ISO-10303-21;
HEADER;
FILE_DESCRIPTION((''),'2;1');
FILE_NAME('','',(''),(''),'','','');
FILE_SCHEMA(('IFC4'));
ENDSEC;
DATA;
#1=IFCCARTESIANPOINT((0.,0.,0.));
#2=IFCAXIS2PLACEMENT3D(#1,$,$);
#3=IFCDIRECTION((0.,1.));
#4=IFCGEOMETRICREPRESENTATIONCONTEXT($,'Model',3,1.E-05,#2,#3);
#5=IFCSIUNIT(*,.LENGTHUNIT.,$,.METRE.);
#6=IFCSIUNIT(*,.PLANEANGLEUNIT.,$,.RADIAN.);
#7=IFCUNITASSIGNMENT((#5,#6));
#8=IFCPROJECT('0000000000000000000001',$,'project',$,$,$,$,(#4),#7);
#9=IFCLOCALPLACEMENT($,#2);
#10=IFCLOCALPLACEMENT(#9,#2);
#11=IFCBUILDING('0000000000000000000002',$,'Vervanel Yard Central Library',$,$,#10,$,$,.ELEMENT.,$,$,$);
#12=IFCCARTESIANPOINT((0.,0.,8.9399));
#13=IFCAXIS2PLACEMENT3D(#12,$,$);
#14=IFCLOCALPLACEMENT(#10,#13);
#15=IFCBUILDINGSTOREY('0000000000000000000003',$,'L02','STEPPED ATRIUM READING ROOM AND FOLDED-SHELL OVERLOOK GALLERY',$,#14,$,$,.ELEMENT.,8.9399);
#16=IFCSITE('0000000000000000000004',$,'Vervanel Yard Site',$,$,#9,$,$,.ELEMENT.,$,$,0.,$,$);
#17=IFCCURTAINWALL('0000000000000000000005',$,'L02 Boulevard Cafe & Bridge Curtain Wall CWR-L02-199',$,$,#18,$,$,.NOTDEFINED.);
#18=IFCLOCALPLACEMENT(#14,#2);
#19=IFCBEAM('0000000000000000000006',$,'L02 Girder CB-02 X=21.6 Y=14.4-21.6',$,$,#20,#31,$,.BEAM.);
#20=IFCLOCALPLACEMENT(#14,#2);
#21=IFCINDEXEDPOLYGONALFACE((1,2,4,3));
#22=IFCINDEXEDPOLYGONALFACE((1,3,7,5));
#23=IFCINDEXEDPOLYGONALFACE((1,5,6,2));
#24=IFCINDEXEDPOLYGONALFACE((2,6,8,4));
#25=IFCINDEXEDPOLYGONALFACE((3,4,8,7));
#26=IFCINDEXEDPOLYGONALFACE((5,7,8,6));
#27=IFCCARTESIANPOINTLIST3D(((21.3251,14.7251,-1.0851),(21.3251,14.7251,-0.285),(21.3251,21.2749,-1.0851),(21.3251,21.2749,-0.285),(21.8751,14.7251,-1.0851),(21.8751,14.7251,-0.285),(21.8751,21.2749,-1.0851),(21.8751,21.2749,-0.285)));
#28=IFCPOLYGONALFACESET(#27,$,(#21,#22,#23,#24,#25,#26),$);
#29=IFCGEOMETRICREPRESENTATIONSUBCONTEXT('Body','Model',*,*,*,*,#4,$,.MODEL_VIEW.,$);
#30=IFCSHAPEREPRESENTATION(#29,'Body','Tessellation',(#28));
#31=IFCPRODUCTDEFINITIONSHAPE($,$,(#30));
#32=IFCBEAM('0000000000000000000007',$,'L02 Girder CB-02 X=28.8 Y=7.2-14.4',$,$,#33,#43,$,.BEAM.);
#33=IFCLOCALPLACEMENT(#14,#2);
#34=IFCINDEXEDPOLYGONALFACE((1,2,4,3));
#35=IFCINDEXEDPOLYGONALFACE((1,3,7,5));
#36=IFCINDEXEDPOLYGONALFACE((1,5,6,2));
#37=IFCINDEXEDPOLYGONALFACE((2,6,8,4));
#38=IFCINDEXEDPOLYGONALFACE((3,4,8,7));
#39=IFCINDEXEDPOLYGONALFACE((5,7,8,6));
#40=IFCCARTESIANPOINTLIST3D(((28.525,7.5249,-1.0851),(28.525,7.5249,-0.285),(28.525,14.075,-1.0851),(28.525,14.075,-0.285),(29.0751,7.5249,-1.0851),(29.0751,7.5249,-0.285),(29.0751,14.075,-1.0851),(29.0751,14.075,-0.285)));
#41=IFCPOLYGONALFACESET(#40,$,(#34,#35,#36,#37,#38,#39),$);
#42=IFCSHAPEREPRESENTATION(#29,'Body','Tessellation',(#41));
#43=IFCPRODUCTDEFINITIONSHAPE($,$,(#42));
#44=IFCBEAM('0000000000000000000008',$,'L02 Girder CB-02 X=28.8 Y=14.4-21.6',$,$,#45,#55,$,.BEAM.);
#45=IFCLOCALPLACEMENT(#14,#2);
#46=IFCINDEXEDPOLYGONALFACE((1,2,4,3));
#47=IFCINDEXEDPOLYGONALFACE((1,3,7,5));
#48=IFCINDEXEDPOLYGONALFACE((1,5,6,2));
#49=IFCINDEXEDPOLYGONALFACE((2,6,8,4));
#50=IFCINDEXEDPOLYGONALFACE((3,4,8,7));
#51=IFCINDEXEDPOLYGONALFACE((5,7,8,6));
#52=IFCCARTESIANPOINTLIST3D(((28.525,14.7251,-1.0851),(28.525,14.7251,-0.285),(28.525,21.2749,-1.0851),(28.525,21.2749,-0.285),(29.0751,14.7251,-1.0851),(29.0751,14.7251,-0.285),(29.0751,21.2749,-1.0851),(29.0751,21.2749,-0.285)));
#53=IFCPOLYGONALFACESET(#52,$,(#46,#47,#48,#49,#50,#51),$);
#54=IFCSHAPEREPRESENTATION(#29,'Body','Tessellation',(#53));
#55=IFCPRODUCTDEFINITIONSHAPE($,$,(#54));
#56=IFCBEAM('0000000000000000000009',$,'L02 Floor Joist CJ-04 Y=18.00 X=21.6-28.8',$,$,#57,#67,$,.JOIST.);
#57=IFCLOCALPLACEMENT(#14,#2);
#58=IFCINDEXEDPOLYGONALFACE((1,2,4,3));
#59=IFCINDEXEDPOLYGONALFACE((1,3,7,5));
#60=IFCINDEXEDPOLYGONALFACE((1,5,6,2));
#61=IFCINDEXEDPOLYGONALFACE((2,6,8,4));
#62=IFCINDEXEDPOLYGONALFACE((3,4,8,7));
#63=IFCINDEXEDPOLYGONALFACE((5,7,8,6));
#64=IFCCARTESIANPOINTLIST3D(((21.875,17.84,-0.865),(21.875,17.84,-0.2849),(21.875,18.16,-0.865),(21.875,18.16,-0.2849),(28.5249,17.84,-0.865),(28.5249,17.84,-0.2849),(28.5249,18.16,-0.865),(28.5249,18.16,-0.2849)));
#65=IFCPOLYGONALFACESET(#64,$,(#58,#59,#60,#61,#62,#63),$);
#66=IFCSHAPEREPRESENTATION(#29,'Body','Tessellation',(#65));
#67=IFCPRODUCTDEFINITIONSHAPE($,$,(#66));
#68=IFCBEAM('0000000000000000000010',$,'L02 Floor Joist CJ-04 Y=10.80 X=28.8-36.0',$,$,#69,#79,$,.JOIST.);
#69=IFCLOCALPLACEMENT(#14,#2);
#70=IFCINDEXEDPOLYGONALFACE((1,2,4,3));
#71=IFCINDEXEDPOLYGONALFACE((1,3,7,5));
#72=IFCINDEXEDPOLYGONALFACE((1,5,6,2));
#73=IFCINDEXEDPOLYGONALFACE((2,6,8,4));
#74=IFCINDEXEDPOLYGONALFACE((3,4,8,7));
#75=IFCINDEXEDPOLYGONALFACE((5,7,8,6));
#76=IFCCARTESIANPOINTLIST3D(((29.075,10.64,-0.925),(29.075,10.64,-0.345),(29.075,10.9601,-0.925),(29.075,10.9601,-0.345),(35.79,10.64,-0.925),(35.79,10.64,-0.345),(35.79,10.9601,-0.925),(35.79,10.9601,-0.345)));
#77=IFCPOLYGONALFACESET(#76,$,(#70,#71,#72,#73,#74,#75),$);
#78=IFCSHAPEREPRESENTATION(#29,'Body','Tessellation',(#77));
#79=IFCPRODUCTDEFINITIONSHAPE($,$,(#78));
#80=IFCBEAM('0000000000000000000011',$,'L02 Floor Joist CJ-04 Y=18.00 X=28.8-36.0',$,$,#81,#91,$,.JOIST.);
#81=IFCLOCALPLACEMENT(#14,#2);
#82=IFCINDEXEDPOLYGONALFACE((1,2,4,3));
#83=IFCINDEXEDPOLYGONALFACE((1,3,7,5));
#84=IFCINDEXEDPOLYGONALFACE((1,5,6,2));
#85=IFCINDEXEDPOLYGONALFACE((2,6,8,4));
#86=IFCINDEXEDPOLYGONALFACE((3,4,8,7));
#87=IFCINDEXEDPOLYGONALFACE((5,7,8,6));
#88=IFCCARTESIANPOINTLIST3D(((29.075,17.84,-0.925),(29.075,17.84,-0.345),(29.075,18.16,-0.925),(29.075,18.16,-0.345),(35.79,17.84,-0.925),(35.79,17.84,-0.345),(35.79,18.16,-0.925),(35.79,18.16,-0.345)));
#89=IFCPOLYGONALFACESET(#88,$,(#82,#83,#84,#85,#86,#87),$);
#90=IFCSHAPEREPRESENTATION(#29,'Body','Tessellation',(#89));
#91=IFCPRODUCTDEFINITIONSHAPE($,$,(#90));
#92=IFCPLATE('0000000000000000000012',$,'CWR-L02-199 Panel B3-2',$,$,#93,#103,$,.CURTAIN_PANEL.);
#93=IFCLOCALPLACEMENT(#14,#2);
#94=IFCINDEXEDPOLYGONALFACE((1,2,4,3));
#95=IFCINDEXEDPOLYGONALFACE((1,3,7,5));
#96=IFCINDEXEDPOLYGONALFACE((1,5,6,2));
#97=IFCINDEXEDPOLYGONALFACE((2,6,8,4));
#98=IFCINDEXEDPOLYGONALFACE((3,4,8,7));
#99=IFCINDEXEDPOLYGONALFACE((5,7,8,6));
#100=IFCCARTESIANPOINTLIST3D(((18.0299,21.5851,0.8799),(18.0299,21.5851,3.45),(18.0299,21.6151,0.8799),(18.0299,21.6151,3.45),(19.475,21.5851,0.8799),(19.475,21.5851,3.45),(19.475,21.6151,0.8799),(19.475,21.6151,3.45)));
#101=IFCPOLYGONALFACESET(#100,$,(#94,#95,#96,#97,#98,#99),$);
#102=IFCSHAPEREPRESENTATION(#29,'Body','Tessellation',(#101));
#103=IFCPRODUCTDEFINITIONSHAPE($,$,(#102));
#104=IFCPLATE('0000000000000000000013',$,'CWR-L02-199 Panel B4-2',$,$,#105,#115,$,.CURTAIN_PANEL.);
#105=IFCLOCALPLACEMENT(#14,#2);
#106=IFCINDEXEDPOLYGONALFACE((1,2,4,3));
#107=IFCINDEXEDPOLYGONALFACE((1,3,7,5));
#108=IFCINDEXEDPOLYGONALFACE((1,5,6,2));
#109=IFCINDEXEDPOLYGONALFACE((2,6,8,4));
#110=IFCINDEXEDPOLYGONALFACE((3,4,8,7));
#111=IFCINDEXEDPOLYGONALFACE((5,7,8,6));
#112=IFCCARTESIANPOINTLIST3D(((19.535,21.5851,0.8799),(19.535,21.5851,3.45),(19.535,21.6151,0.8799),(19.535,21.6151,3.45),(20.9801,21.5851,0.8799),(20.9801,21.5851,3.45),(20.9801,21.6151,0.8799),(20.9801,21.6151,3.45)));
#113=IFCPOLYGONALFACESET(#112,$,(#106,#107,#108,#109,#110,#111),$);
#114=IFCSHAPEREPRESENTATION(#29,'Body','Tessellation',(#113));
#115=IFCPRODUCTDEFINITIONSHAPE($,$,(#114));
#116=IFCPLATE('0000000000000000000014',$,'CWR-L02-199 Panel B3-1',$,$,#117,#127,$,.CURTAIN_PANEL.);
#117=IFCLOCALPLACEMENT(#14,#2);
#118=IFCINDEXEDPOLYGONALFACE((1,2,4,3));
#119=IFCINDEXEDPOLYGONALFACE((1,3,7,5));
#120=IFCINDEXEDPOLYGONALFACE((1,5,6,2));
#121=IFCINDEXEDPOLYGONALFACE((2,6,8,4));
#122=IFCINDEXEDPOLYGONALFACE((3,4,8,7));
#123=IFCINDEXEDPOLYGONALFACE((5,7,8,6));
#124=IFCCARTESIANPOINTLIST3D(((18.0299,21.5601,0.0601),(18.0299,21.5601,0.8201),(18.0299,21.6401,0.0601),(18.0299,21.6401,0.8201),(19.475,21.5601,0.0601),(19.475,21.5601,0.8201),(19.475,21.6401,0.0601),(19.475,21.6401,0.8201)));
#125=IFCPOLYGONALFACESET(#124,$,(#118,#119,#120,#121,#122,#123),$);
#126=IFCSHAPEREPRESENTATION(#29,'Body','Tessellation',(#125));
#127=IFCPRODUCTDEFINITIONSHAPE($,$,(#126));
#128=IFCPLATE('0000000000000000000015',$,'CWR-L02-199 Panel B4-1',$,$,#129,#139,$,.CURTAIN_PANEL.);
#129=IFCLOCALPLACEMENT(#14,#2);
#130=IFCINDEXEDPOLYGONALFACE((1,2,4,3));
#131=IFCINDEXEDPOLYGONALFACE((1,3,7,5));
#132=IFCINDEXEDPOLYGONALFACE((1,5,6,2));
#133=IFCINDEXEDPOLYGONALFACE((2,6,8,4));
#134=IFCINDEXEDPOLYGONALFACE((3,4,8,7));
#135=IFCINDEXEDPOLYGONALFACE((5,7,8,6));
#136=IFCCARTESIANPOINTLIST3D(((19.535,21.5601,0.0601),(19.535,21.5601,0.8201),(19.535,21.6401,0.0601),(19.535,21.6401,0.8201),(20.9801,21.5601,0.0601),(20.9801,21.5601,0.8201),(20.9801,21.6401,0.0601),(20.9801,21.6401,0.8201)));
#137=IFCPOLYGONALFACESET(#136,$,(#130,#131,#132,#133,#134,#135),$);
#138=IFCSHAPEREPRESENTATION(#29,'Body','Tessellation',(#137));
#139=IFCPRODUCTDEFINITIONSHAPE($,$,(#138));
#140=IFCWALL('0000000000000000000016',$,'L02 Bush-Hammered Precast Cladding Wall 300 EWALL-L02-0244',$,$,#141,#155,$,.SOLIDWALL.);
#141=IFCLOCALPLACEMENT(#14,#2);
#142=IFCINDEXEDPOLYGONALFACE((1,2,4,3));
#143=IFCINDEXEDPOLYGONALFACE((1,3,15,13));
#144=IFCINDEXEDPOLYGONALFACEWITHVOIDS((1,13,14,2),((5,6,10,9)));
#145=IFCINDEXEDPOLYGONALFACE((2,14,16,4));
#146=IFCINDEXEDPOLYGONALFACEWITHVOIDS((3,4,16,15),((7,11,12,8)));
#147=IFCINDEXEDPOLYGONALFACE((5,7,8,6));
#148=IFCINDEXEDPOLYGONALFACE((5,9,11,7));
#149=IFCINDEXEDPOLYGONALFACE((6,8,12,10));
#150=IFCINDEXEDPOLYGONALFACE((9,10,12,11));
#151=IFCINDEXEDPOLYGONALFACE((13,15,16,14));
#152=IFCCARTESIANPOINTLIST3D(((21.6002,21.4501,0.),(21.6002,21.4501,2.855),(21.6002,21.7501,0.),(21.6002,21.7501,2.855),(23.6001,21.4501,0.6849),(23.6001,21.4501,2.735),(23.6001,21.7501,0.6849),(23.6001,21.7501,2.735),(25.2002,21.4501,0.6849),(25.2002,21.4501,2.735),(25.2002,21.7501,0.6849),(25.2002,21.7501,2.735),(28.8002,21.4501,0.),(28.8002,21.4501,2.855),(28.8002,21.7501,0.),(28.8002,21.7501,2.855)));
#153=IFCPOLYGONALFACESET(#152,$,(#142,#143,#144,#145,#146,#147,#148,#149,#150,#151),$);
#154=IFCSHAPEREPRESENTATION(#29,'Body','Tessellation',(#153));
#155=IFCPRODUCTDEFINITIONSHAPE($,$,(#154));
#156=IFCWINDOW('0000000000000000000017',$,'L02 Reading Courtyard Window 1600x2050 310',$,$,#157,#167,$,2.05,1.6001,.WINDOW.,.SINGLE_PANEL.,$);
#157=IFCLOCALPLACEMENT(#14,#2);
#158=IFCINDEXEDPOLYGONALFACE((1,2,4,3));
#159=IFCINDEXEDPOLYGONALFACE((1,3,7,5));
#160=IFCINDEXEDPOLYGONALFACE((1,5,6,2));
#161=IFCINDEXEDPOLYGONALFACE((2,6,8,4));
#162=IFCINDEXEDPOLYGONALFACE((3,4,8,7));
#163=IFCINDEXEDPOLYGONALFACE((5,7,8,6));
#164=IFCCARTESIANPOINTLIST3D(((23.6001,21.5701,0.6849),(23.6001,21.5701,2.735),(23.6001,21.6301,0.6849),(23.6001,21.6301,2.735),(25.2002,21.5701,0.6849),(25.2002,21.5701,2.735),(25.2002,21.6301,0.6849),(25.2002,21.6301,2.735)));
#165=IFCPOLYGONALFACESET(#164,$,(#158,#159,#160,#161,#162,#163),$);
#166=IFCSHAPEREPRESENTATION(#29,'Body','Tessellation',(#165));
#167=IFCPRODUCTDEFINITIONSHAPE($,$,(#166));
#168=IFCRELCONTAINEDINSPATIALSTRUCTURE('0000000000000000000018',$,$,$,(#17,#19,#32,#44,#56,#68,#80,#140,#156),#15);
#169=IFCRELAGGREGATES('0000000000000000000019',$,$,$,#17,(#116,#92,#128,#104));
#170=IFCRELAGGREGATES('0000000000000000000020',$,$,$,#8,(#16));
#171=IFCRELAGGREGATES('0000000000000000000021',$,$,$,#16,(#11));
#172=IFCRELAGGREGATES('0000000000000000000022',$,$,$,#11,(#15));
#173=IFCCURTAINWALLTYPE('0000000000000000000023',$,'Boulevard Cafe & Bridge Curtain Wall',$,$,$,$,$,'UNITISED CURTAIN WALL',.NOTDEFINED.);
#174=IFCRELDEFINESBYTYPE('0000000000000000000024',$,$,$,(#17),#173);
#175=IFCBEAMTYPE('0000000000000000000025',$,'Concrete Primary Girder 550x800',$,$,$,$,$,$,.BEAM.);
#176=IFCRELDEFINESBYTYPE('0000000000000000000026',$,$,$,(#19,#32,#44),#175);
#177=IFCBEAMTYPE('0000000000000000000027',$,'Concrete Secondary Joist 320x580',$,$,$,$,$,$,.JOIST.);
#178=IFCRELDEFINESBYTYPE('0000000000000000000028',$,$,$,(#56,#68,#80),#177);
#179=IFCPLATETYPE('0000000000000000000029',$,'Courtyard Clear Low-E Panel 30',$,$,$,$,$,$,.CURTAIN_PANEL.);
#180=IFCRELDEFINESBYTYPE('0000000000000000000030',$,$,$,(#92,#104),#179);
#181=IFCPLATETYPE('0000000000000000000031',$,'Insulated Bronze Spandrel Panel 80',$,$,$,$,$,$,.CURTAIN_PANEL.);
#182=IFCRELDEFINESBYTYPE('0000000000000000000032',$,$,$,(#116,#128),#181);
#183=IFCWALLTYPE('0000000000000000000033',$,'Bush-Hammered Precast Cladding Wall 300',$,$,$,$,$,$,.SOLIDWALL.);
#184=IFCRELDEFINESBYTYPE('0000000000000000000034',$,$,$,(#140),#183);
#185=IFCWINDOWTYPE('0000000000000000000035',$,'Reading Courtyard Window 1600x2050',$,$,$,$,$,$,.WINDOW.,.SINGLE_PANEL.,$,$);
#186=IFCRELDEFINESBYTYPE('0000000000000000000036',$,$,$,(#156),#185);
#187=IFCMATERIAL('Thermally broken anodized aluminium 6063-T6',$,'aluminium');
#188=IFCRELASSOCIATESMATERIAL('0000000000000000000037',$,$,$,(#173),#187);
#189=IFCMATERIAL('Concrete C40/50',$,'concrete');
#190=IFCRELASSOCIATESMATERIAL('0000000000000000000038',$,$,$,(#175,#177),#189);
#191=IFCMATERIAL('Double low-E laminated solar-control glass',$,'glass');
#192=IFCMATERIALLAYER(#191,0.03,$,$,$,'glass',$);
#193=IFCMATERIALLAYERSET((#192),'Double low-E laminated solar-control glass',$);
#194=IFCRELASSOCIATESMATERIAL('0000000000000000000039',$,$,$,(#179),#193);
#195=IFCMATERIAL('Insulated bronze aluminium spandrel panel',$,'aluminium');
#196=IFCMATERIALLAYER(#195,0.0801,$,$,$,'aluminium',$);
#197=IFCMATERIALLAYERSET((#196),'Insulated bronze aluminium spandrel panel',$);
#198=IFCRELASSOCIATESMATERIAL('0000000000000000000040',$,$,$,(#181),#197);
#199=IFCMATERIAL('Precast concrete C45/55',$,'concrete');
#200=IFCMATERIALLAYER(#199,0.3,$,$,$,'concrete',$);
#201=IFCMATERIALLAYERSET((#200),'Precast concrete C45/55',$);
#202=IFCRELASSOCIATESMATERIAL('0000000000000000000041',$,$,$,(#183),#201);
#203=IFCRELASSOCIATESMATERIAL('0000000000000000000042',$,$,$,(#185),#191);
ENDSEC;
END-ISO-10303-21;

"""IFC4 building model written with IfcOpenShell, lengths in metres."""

from ifc_helpers import new_model, si_unit, direction, frame, frame_2d, origin, origin_2d, place, context, subcontext, project, spatial, rectangle, extrude, material, layer, layer_set, material_profile, profile_set, type_object, element, fill, aggregate, save


model = new_model("IFC4")

# Units and contexts
model_context = context("Model", 3, precision=1e-05, world=origin(), true_north=direction((0.0, 1.0)))
body_context = subcontext(model_context, "Body", "Model", "MODEL_VIEW")
ifc_project = project(units=[si_unit("LENGTHUNIT", "METRE"), si_unit("PLANEANGLEUNIT", "RADIAN")], contexts=[model_context])

# Site, building, storey
site_placement = place(None, origin())
site = spatial("IfcSite", under=ifc_project, at=site_placement, Name="Vervanel Yard Site", CompositionType="ELEMENT", RefElevation=0.0)
building_placement = place(site_placement, origin())
building = spatial("IfcBuilding", under=site, at=building_placement, Name="Vervanel Yard Central Library", CompositionType="ELEMENT")
storey_placement = place(building_placement, frame((0.0, 0.0, 8.9399)))
storey = spatial("IfcBuildingStorey", under=building, at=storey_placement, Name="L02", Description="STEPPED ATRIUM READING ROOM AND FOLDED-SHELL OVERLOOK GALLERY", CompositionType="ELEMENT", Elevation=8.9399)

# Shared definitions
ifc_material_1 = material(Name="Concrete C40/50", Category="concrete")

# Curtain wall
ifc_material_2 = material(Name="Thermally broken anodized aluminium 6063-T6", Category="aluminium")
curtain_wall_type = type_object("IfcCurtainWallType", Name="Boulevard Cafe & Bridge Curtain Wall", ElementType="UNITISED CURTAIN WALL", PredefinedType="NOTDEFINED", material=ifc_material_2)
curtain_wall_placement = place(storey_placement, origin())
curtain_wall = element("IfcCurtainWall", 1, at=curtain_wall_placement, inside=storey, type_object=curtain_wall_type, Name="L02 Boulevard Cafe & Bridge Curtain Wall CWR-L02-199", PredefinedType="NOTDEFINED")

# Beams
ifc_material_profile_1 = material_profile(ifc_material_1, rectangle(XDim=0.55, YDim=0.8, at=origin_2d()), Name="RC 550x800", Category="concrete")
ifc_profile_set_1 = profile_set([ifc_material_profile_1], Name="Concrete C40/50")
beam_type_1 = type_object("IfcBeamType", Name="Concrete Primary Girder 550x800", PredefinedType="BEAM", material=ifc_profile_set_1)
beam_1_placement = place(storey_placement, frame((21.6001, 14.7251, -0.6851), z_axis=(0.0, 1.0, 0.0), x_axis=(-1.0, 0.0, 0.0)))
element("IfcBeam", 2, at=beam_1_placement, inside=storey, type_object=beam_type_1, Name="L02 Girder CB-02 X=21.6 Y=14.4-21.6", PredefinedType="BEAM", context=body_context, shape_type="SweptSolid", body=[
    extrude(rectangle(XDim=0.55, YDim=0.8, at=origin_2d()), origin(), (0.0, 0.0, 1.0), 6.5498),
])
beam_2_placement = place(storey_placement, frame((28.8, 7.5249, -0.6851), z_axis=(0.0, 1.0, 0.0), x_axis=(-1.0, 0.0, 0.0)))
element("IfcBeam", 3, at=beam_2_placement, inside=storey, type_object=beam_type_1, Name="L02 Girder CB-02 X=28.8 Y=7.2-14.4", PredefinedType="BEAM", context=body_context, shape_type="SweptSolid", body=[
    extrude(rectangle(XDim=0.55, YDim=0.8, at=origin_2d()), origin(), (0.0, 0.0, 1.0), 6.55),
])
beam_3_placement = place(storey_placement, frame((28.8, 14.7251, -0.6851), z_axis=(0.0, 1.0, 0.0), x_axis=(-1.0, 0.0, 0.0)))
element("IfcBeam", 4, at=beam_3_placement, inside=storey, type_object=beam_type_1, Name="L02 Girder CB-02 X=28.8 Y=14.4-21.6", PredefinedType="BEAM", context=body_context, shape_type="SweptSolid", body=[
    extrude(rectangle(XDim=0.55, YDim=0.8, at=origin_2d()), origin(), (0.0, 0.0, 1.0), 6.5498),
])
ifc_material_profile_2 = material_profile(ifc_material_1, rectangle(XDim=0.3201, YDim=0.5801, at=origin_2d()), Name="RC 320x580", Category="concrete")
ifc_profile_set_2 = profile_set([ifc_material_profile_2], Name="Concrete C40/50")
beam_type_2 = type_object("IfcBeamType", Name="Concrete Secondary Joist 320x580", PredefinedType="JOIST", material=ifc_profile_set_2)
beam_4_placement = place(storey_placement, frame((21.875, 18.0, -0.575), z_axis=(1.0, 0.0, 0.0), x_axis=(0.0, 1.0, 0.0)))
element("IfcBeam", 5, at=beam_4_placement, inside=storey, type_object=beam_type_2, Name="L02 Floor Joist CJ-04 Y=18.00 X=21.6-28.8", PredefinedType="JOIST", context=body_context, shape_type="SweptSolid", body=[
    extrude(rectangle(XDim=0.3201, YDim=0.5801, at=origin_2d()), origin(), (0.0, 0.0, 1.0), 6.6499),
])
for number, where, z_axis, x_axis, name in (
    (6, (29.075, 10.8, -0.635), (1.0, 0.0, 0.0), (0.0, 1.0, 0.0), "L02 Floor Joist CJ-04 Y=10.80 X=28.8-36.0"),
    (7, (29.075, 18.0, -0.635), (1.0, 0.0, 0.0), (0.0, 1.0, 0.0), "L02 Floor Joist CJ-04 Y=18.00 X=28.8-36.0"),
):
    element("IfcBeam", number, at=place(storey_placement, frame(where, z_axis=z_axis, x_axis=x_axis)), inside=storey, type_object=beam_type_2, Name=name, PredefinedType="JOIST", context=body_context, shape_type="SweptSolid", body=[
        extrude(rectangle(XDim=0.3201, YDim=0.5801, at=origin_2d()), origin(), (0.0, 0.0, 1.0), 6.7151),
    ])

# Plates
ifc_material_3 = material(Name="Double low-E laminated solar-control glass", Category="glass")
ifc_layer_1 = layer(ifc_material_3, 0.03, Category="glass")
ifc_layer_set_1 = layer_set([ifc_layer_1], Name="Double low-E laminated solar-control glass")
plate_type_1 = type_object("IfcPlateType", Name="Courtyard Clear Low-E Panel 30", PredefinedType="CURTAIN_PANEL", material=ifc_layer_set_1)
plate_1_placement = place(storey_placement, frame((18.7524, 21.6001, 0.8799), z_axis=(0.0, 0.0, 1.0), x_axis=(1.0, 0.0, 0.0)))
plate_1 = element("IfcPlate", 8, at=plate_1_placement, type_object=plate_type_1, Name="CWR-L02-199 Panel B3-2", PredefinedType="CURTAIN_PANEL", context=body_context, shape_type="SweptSolid", body=[
    extrude(rectangle(XDim=1.4451, YDim=0.03, at=origin_2d()), origin(), (0.0, 0.0, 1.0), 2.5701),
])
plate_2_placement = place(storey_placement, frame((20.2576, 21.6001, 0.8799), z_axis=(0.0, 0.0, 1.0), x_axis=(1.0, 0.0, 0.0)))
plate_2 = element("IfcPlate", 9, at=plate_2_placement, type_object=plate_type_1, Name="CWR-L02-199 Panel B4-2", PredefinedType="CURTAIN_PANEL", context=body_context, shape_type="SweptSolid", body=[
    extrude(rectangle(XDim=1.4451, YDim=0.03, at=origin_2d()), origin(), (0.0, 0.0, 1.0), 2.5701),
])
ifc_material_4 = material(Name="Insulated bronze aluminium spandrel panel", Category="aluminium")
ifc_layer_2 = layer(ifc_material_4, 0.0801, Category="aluminium")
ifc_layer_set_2 = layer_set([ifc_layer_2], Name="Insulated bronze aluminium spandrel panel")
plate_type_2 = type_object("IfcPlateType", Name="Insulated Bronze Spandrel Panel 80", PredefinedType="CURTAIN_PANEL", material=ifc_layer_set_2)
plate_3_placement = place(storey_placement, frame((18.7524, 21.6001, 0.0601), z_axis=(0.0, 0.0, 1.0), x_axis=(1.0, 0.0, 0.0)))
plate_3 = element("IfcPlate", 10, at=plate_3_placement, type_object=plate_type_2, Name="CWR-L02-199 Panel B3-1", PredefinedType="CURTAIN_PANEL", context=body_context, shape_type="SweptSolid", body=[
    extrude(rectangle(XDim=1.4451, YDim=0.0801, at=origin_2d()), origin(), (0.0, 0.0, 1.0), 0.76),
])
plate_4_placement = place(storey_placement, frame((20.2576, 21.6001, 0.0601), z_axis=(0.0, 0.0, 1.0), x_axis=(1.0, 0.0, 0.0)))
plate_4 = element("IfcPlate", 11, at=plate_4_placement, type_object=plate_type_2, Name="CWR-L02-199 Panel B4-1", PredefinedType="CURTAIN_PANEL", context=body_context, shape_type="SweptSolid", body=[
    extrude(rectangle(XDim=1.4451, YDim=0.0801, at=origin_2d()), origin(), (0.0, 0.0, 1.0), 0.76),
])
aggregate(curtain_wall, [plate_3, plate_1, plate_4, plate_2])

# Wall, opening, window
ifc_material_5 = material(Name="Precast concrete C45/55", Category="concrete")
ifc_layer_3 = layer(ifc_material_5, 0.3, Category="concrete")
ifc_layer_set_3 = layer_set([ifc_layer_3], Name="Precast concrete C45/55")
wall_type_1 = type_object("IfcWallType", Name="Bush-Hammered Precast Cladding Wall 300", PredefinedType="SOLIDWALL", material=ifc_layer_set_3)
wall_1_placement = place(storey_placement, frame((21.6001, 21.6001, 0.0), z_axis=(0.0, 0.0, 1.0), x_axis=(1.0, 0.0, 0.0)))
wall_1 = element("IfcWall", 12, at=wall_1_placement, inside=storey, type_object=wall_type_1, Name="L02 Bush-Hammered Precast Cladding Wall 300 EWALL-L02-0244", PredefinedType="SOLIDWALL", context=body_context, shape_type="SweptSolid", body=[
    extrude(rectangle(XDim=7.2, YDim=0.3, at=frame_2d((3.6001, 0.0))), origin(), (0.0, 0.0, 1.0), 2.855),
])
opening_1_placement = place(wall_1_placement, frame((2.0, 0.0, 0.6851)))
opening_1 = element("IfcOpeningElement", 13, at=opening_1_placement, cuts=wall_1, PredefinedType="OPENING", context=body_context, shape_type="SweptSolid", body=[
    extrude(rectangle(XDim=1.6001, YDim=2.05, at=frame_2d((0.8, 1.0249))), frame((0.0, 0.1599, 0.0), z_axis=(0.0, -1.0, 0.0), x_axis=(1.0, 0.0, 0.0)), (0.0, 0.0, 1.0), 0.3201),
])
window_type = type_object("IfcWindowType", Name="Reading Courtyard Window 1600x2050", PartitioningType="SINGLE_PANEL", PredefinedType="WINDOW", material=ifc_material_3)
window_1_placement = place(opening_1_placement, origin())
window_1 = element("IfcWindow", 14, at=window_1_placement, inside=storey, type_object=window_type, Name="L02 Reading Courtyard Window 1600x2050 310", OverallHeight=2.05, OverallWidth=1.6001, PartitioningType="SINGLE_PANEL", PredefinedType="WINDOW", context=body_context, shape_type="SweptSolid", body=[
    extrude(rectangle(XDim=1.6001, YDim=2.05, at=frame_2d((0.8, 1.0249))), frame((0.0, 0.03, 0.0), z_axis=(0.0, -1.0, 0.0), x_axis=(1.0, 0.0, 0.0)), (0.0, 0.0, 1.0), 0.0601),
])
fill(opening_1, window_1)

save(model, "model.ifc")
